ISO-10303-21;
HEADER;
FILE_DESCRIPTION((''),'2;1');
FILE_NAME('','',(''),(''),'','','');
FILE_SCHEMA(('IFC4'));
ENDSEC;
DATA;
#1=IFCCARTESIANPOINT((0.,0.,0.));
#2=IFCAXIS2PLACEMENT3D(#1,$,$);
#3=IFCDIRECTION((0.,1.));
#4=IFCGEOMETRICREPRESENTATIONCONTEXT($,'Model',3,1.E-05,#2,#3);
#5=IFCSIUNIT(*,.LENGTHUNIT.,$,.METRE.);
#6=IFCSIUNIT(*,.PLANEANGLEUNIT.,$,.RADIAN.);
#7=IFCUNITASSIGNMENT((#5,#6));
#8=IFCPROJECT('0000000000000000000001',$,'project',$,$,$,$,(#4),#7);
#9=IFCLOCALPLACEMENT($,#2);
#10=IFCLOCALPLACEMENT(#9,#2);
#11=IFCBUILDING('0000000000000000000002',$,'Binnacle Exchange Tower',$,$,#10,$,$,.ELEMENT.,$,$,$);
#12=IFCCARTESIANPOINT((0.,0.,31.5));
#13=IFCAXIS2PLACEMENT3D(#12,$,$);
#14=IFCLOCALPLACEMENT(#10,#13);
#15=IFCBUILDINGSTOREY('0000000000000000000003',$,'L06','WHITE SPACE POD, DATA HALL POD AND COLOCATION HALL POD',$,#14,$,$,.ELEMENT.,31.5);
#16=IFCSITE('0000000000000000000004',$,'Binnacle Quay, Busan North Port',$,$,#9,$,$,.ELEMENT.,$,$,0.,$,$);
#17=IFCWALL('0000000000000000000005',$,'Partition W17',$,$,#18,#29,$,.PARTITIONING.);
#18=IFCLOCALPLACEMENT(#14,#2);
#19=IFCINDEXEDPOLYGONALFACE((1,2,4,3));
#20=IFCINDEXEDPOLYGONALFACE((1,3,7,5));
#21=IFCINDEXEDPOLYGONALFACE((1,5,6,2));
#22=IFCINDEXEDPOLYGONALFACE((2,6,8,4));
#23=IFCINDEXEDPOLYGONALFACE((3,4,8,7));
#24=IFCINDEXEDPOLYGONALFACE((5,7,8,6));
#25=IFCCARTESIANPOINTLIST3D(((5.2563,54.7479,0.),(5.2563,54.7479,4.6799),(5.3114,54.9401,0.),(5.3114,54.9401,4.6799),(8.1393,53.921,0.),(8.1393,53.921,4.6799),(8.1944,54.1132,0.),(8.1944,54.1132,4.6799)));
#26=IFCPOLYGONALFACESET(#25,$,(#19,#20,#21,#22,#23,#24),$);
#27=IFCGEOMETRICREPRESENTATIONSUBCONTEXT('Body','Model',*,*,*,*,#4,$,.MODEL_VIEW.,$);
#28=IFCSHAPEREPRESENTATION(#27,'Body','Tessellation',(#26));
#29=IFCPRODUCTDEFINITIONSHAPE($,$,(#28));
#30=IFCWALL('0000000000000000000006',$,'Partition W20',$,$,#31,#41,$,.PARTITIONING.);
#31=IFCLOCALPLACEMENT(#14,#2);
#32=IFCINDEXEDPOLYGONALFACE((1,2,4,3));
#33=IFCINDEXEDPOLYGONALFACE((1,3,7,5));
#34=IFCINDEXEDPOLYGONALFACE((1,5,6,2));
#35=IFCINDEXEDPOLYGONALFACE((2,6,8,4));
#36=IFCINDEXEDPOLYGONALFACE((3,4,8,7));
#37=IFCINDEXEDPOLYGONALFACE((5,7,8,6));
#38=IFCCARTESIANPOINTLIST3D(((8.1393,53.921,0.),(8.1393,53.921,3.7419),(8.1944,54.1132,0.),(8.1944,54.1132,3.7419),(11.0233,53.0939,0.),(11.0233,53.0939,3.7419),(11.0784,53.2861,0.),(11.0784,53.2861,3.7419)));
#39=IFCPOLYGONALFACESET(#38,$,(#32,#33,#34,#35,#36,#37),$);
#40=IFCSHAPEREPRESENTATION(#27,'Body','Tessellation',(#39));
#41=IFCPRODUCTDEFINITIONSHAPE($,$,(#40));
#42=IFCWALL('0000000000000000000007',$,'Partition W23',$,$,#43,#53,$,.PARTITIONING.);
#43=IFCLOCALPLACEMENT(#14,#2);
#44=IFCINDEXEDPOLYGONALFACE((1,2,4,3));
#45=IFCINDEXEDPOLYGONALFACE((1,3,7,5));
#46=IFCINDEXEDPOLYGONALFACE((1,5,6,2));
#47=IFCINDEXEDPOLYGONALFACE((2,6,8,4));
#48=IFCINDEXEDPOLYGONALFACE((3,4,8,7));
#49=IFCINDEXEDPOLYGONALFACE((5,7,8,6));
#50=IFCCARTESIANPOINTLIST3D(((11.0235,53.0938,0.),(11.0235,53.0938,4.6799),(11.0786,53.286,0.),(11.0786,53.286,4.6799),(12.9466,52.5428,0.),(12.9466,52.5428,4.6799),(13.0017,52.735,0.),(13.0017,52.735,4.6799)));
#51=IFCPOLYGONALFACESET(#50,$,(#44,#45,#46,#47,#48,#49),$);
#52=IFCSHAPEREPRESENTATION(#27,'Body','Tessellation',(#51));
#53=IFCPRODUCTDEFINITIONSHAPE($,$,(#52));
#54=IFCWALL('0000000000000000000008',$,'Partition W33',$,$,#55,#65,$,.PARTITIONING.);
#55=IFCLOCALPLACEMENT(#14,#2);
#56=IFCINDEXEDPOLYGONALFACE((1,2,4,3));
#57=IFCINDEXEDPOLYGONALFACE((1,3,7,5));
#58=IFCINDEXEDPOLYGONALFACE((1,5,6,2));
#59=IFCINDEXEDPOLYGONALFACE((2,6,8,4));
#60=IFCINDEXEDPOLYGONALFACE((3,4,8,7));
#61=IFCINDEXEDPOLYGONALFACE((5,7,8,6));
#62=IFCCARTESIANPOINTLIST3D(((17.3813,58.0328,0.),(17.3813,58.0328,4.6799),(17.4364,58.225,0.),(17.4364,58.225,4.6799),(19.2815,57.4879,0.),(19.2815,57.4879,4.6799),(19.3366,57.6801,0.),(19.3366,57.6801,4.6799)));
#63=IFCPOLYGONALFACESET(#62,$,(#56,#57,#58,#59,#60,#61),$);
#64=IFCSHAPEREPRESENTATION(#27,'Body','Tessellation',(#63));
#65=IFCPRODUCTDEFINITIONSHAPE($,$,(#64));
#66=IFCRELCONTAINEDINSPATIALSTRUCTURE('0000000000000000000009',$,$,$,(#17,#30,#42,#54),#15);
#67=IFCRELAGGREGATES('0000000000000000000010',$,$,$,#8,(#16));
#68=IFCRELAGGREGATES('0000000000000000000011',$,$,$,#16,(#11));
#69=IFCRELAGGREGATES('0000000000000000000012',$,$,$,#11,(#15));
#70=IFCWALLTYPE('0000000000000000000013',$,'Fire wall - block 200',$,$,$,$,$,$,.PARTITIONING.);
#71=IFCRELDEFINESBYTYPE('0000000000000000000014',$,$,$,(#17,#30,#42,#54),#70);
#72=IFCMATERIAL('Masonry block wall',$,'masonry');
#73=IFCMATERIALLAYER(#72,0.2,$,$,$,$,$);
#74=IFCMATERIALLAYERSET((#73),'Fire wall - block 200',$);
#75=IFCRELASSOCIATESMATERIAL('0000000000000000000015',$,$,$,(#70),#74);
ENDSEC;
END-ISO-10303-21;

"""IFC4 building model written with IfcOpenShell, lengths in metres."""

from ifc_helpers import new_model, si_unit, direction, frame, frame_2d, origin, place, context, subcontext, project, spatial, rectangle, extrude, material, layer, layer_set, type_object, element, save


model = new_model("IFC4")

# Units and contexts
model_context = context("Model", 3, precision=1e-05, world=origin(), true_north=direction((0.0, 1.0)))
body_context = subcontext(model_context, "Body", "Model", "MODEL_VIEW")
ifc_project = project(units=[si_unit("LENGTHUNIT", "METRE"), si_unit("PLANEANGLEUNIT", "RADIAN")], contexts=[model_context])

# Site, building, storey
site_placement = place(None, origin())
site = spatial("IfcSite", under=ifc_project, at=site_placement, Name="Binnacle Quay, Busan North Port", CompositionType="ELEMENT", RefElevation=0.0)
building_placement = place(site_placement, origin())
building = spatial("IfcBuilding", under=site, at=building_placement, Name="Binnacle Exchange Tower", CompositionType="ELEMENT")
storey_placement = place(building_placement, frame((0.0, 0.0, 31.5)))
storey = spatial("IfcBuildingStorey", under=building, at=storey_placement, Name="L06", Description="WHITE SPACE POD, DATA HALL POD AND COLOCATION HALL POD", CompositionType="ELEMENT", Elevation=31.5)

# Shared definitions
ifc_material_1 = material(Name="Masonry block wall", Category="masonry")
ifc_layer_1 = layer(ifc_material_1, 0.2)
ifc_layer_set_1 = layer_set([ifc_layer_1], Name="Fire wall - block 200")
wall_type_1 = type_object("IfcWallType", Name="Fire wall - block 200", PredefinedType="PARTITIONING", material=ifc_layer_set_1)

# Walls
wall_1_placement = place(storey_placement, frame((5.2839, 54.844, 0.0), z_axis=(0.0, 0.0, 1.0), x_axis=(0.961244, -0.275699, 0.0)))
element("IfcWall", 1, at=wall_1_placement, inside=storey, type_object=wall_type_1, Name="Partition W17", PredefinedType="PARTITIONING", context=body_context, shape_type="SweptSolid", body=[
    extrude(rectangle(XDim=2.9993, YDim=0.2, at=frame_2d((1.4995, 0.0))), origin(), (0.0, 0.0, 1.0), 4.6799),
])
wall_2_placement = place(storey_placement, frame((8.167, 54.0171, 0.0), z_axis=(0.0, 0.0, 1.0), x_axis=(0.961247, -0.275688, 0.0)))
element("IfcWall", 2, at=wall_2_placement, inside=storey, type_object=wall_type_1, Name="Partition W20", PredefinedType="PARTITIONING", context=body_context, shape_type="SweptSolid", body=[
    extrude(rectangle(XDim=3.0002, YDim=0.2, at=frame_2d((1.5, 0.0))), origin(), (0.0, 0.0, 1.0), 3.7419),
])
wall_3_placement = place(storey_placement, frame((11.051, 53.1899, 0.0), z_axis=(0.0, 0.0, 1.0), x_axis=(0.961316, -0.275446, 0.0)))
element("IfcWall", 3, at=wall_3_placement, inside=storey, type_object=wall_type_1, Name="Partition W23", PredefinedType="PARTITIONING", context=body_context, shape_type="SweptSolid", body=[
    extrude(rectangle(XDim=2.0005, YDim=0.2, at=frame_2d((1.0002, 0.0))), origin(), (0.0, 0.0, 1.0), 4.6799),
])
wall_4_placement = place(storey_placement, frame((17.4089, 58.1289, 0.0), z_axis=(0.0, 0.0, 1.0), x_axis=(0.961253, -0.275667, 0.0)))
element("IfcWall", 4, at=wall_4_placement, inside=storey, type_object=wall_type_1, Name="Partition W33", PredefinedType="PARTITIONING", context=body_context, shape_type="SweptSolid", body=[
    extrude(rectangle(XDim=1.9768, YDim=0.2, at=frame_2d((0.9883, 0.0))), origin(), (0.0, 0.0, 1.0), 4.6799),
])

save(model, "model.ifc")
